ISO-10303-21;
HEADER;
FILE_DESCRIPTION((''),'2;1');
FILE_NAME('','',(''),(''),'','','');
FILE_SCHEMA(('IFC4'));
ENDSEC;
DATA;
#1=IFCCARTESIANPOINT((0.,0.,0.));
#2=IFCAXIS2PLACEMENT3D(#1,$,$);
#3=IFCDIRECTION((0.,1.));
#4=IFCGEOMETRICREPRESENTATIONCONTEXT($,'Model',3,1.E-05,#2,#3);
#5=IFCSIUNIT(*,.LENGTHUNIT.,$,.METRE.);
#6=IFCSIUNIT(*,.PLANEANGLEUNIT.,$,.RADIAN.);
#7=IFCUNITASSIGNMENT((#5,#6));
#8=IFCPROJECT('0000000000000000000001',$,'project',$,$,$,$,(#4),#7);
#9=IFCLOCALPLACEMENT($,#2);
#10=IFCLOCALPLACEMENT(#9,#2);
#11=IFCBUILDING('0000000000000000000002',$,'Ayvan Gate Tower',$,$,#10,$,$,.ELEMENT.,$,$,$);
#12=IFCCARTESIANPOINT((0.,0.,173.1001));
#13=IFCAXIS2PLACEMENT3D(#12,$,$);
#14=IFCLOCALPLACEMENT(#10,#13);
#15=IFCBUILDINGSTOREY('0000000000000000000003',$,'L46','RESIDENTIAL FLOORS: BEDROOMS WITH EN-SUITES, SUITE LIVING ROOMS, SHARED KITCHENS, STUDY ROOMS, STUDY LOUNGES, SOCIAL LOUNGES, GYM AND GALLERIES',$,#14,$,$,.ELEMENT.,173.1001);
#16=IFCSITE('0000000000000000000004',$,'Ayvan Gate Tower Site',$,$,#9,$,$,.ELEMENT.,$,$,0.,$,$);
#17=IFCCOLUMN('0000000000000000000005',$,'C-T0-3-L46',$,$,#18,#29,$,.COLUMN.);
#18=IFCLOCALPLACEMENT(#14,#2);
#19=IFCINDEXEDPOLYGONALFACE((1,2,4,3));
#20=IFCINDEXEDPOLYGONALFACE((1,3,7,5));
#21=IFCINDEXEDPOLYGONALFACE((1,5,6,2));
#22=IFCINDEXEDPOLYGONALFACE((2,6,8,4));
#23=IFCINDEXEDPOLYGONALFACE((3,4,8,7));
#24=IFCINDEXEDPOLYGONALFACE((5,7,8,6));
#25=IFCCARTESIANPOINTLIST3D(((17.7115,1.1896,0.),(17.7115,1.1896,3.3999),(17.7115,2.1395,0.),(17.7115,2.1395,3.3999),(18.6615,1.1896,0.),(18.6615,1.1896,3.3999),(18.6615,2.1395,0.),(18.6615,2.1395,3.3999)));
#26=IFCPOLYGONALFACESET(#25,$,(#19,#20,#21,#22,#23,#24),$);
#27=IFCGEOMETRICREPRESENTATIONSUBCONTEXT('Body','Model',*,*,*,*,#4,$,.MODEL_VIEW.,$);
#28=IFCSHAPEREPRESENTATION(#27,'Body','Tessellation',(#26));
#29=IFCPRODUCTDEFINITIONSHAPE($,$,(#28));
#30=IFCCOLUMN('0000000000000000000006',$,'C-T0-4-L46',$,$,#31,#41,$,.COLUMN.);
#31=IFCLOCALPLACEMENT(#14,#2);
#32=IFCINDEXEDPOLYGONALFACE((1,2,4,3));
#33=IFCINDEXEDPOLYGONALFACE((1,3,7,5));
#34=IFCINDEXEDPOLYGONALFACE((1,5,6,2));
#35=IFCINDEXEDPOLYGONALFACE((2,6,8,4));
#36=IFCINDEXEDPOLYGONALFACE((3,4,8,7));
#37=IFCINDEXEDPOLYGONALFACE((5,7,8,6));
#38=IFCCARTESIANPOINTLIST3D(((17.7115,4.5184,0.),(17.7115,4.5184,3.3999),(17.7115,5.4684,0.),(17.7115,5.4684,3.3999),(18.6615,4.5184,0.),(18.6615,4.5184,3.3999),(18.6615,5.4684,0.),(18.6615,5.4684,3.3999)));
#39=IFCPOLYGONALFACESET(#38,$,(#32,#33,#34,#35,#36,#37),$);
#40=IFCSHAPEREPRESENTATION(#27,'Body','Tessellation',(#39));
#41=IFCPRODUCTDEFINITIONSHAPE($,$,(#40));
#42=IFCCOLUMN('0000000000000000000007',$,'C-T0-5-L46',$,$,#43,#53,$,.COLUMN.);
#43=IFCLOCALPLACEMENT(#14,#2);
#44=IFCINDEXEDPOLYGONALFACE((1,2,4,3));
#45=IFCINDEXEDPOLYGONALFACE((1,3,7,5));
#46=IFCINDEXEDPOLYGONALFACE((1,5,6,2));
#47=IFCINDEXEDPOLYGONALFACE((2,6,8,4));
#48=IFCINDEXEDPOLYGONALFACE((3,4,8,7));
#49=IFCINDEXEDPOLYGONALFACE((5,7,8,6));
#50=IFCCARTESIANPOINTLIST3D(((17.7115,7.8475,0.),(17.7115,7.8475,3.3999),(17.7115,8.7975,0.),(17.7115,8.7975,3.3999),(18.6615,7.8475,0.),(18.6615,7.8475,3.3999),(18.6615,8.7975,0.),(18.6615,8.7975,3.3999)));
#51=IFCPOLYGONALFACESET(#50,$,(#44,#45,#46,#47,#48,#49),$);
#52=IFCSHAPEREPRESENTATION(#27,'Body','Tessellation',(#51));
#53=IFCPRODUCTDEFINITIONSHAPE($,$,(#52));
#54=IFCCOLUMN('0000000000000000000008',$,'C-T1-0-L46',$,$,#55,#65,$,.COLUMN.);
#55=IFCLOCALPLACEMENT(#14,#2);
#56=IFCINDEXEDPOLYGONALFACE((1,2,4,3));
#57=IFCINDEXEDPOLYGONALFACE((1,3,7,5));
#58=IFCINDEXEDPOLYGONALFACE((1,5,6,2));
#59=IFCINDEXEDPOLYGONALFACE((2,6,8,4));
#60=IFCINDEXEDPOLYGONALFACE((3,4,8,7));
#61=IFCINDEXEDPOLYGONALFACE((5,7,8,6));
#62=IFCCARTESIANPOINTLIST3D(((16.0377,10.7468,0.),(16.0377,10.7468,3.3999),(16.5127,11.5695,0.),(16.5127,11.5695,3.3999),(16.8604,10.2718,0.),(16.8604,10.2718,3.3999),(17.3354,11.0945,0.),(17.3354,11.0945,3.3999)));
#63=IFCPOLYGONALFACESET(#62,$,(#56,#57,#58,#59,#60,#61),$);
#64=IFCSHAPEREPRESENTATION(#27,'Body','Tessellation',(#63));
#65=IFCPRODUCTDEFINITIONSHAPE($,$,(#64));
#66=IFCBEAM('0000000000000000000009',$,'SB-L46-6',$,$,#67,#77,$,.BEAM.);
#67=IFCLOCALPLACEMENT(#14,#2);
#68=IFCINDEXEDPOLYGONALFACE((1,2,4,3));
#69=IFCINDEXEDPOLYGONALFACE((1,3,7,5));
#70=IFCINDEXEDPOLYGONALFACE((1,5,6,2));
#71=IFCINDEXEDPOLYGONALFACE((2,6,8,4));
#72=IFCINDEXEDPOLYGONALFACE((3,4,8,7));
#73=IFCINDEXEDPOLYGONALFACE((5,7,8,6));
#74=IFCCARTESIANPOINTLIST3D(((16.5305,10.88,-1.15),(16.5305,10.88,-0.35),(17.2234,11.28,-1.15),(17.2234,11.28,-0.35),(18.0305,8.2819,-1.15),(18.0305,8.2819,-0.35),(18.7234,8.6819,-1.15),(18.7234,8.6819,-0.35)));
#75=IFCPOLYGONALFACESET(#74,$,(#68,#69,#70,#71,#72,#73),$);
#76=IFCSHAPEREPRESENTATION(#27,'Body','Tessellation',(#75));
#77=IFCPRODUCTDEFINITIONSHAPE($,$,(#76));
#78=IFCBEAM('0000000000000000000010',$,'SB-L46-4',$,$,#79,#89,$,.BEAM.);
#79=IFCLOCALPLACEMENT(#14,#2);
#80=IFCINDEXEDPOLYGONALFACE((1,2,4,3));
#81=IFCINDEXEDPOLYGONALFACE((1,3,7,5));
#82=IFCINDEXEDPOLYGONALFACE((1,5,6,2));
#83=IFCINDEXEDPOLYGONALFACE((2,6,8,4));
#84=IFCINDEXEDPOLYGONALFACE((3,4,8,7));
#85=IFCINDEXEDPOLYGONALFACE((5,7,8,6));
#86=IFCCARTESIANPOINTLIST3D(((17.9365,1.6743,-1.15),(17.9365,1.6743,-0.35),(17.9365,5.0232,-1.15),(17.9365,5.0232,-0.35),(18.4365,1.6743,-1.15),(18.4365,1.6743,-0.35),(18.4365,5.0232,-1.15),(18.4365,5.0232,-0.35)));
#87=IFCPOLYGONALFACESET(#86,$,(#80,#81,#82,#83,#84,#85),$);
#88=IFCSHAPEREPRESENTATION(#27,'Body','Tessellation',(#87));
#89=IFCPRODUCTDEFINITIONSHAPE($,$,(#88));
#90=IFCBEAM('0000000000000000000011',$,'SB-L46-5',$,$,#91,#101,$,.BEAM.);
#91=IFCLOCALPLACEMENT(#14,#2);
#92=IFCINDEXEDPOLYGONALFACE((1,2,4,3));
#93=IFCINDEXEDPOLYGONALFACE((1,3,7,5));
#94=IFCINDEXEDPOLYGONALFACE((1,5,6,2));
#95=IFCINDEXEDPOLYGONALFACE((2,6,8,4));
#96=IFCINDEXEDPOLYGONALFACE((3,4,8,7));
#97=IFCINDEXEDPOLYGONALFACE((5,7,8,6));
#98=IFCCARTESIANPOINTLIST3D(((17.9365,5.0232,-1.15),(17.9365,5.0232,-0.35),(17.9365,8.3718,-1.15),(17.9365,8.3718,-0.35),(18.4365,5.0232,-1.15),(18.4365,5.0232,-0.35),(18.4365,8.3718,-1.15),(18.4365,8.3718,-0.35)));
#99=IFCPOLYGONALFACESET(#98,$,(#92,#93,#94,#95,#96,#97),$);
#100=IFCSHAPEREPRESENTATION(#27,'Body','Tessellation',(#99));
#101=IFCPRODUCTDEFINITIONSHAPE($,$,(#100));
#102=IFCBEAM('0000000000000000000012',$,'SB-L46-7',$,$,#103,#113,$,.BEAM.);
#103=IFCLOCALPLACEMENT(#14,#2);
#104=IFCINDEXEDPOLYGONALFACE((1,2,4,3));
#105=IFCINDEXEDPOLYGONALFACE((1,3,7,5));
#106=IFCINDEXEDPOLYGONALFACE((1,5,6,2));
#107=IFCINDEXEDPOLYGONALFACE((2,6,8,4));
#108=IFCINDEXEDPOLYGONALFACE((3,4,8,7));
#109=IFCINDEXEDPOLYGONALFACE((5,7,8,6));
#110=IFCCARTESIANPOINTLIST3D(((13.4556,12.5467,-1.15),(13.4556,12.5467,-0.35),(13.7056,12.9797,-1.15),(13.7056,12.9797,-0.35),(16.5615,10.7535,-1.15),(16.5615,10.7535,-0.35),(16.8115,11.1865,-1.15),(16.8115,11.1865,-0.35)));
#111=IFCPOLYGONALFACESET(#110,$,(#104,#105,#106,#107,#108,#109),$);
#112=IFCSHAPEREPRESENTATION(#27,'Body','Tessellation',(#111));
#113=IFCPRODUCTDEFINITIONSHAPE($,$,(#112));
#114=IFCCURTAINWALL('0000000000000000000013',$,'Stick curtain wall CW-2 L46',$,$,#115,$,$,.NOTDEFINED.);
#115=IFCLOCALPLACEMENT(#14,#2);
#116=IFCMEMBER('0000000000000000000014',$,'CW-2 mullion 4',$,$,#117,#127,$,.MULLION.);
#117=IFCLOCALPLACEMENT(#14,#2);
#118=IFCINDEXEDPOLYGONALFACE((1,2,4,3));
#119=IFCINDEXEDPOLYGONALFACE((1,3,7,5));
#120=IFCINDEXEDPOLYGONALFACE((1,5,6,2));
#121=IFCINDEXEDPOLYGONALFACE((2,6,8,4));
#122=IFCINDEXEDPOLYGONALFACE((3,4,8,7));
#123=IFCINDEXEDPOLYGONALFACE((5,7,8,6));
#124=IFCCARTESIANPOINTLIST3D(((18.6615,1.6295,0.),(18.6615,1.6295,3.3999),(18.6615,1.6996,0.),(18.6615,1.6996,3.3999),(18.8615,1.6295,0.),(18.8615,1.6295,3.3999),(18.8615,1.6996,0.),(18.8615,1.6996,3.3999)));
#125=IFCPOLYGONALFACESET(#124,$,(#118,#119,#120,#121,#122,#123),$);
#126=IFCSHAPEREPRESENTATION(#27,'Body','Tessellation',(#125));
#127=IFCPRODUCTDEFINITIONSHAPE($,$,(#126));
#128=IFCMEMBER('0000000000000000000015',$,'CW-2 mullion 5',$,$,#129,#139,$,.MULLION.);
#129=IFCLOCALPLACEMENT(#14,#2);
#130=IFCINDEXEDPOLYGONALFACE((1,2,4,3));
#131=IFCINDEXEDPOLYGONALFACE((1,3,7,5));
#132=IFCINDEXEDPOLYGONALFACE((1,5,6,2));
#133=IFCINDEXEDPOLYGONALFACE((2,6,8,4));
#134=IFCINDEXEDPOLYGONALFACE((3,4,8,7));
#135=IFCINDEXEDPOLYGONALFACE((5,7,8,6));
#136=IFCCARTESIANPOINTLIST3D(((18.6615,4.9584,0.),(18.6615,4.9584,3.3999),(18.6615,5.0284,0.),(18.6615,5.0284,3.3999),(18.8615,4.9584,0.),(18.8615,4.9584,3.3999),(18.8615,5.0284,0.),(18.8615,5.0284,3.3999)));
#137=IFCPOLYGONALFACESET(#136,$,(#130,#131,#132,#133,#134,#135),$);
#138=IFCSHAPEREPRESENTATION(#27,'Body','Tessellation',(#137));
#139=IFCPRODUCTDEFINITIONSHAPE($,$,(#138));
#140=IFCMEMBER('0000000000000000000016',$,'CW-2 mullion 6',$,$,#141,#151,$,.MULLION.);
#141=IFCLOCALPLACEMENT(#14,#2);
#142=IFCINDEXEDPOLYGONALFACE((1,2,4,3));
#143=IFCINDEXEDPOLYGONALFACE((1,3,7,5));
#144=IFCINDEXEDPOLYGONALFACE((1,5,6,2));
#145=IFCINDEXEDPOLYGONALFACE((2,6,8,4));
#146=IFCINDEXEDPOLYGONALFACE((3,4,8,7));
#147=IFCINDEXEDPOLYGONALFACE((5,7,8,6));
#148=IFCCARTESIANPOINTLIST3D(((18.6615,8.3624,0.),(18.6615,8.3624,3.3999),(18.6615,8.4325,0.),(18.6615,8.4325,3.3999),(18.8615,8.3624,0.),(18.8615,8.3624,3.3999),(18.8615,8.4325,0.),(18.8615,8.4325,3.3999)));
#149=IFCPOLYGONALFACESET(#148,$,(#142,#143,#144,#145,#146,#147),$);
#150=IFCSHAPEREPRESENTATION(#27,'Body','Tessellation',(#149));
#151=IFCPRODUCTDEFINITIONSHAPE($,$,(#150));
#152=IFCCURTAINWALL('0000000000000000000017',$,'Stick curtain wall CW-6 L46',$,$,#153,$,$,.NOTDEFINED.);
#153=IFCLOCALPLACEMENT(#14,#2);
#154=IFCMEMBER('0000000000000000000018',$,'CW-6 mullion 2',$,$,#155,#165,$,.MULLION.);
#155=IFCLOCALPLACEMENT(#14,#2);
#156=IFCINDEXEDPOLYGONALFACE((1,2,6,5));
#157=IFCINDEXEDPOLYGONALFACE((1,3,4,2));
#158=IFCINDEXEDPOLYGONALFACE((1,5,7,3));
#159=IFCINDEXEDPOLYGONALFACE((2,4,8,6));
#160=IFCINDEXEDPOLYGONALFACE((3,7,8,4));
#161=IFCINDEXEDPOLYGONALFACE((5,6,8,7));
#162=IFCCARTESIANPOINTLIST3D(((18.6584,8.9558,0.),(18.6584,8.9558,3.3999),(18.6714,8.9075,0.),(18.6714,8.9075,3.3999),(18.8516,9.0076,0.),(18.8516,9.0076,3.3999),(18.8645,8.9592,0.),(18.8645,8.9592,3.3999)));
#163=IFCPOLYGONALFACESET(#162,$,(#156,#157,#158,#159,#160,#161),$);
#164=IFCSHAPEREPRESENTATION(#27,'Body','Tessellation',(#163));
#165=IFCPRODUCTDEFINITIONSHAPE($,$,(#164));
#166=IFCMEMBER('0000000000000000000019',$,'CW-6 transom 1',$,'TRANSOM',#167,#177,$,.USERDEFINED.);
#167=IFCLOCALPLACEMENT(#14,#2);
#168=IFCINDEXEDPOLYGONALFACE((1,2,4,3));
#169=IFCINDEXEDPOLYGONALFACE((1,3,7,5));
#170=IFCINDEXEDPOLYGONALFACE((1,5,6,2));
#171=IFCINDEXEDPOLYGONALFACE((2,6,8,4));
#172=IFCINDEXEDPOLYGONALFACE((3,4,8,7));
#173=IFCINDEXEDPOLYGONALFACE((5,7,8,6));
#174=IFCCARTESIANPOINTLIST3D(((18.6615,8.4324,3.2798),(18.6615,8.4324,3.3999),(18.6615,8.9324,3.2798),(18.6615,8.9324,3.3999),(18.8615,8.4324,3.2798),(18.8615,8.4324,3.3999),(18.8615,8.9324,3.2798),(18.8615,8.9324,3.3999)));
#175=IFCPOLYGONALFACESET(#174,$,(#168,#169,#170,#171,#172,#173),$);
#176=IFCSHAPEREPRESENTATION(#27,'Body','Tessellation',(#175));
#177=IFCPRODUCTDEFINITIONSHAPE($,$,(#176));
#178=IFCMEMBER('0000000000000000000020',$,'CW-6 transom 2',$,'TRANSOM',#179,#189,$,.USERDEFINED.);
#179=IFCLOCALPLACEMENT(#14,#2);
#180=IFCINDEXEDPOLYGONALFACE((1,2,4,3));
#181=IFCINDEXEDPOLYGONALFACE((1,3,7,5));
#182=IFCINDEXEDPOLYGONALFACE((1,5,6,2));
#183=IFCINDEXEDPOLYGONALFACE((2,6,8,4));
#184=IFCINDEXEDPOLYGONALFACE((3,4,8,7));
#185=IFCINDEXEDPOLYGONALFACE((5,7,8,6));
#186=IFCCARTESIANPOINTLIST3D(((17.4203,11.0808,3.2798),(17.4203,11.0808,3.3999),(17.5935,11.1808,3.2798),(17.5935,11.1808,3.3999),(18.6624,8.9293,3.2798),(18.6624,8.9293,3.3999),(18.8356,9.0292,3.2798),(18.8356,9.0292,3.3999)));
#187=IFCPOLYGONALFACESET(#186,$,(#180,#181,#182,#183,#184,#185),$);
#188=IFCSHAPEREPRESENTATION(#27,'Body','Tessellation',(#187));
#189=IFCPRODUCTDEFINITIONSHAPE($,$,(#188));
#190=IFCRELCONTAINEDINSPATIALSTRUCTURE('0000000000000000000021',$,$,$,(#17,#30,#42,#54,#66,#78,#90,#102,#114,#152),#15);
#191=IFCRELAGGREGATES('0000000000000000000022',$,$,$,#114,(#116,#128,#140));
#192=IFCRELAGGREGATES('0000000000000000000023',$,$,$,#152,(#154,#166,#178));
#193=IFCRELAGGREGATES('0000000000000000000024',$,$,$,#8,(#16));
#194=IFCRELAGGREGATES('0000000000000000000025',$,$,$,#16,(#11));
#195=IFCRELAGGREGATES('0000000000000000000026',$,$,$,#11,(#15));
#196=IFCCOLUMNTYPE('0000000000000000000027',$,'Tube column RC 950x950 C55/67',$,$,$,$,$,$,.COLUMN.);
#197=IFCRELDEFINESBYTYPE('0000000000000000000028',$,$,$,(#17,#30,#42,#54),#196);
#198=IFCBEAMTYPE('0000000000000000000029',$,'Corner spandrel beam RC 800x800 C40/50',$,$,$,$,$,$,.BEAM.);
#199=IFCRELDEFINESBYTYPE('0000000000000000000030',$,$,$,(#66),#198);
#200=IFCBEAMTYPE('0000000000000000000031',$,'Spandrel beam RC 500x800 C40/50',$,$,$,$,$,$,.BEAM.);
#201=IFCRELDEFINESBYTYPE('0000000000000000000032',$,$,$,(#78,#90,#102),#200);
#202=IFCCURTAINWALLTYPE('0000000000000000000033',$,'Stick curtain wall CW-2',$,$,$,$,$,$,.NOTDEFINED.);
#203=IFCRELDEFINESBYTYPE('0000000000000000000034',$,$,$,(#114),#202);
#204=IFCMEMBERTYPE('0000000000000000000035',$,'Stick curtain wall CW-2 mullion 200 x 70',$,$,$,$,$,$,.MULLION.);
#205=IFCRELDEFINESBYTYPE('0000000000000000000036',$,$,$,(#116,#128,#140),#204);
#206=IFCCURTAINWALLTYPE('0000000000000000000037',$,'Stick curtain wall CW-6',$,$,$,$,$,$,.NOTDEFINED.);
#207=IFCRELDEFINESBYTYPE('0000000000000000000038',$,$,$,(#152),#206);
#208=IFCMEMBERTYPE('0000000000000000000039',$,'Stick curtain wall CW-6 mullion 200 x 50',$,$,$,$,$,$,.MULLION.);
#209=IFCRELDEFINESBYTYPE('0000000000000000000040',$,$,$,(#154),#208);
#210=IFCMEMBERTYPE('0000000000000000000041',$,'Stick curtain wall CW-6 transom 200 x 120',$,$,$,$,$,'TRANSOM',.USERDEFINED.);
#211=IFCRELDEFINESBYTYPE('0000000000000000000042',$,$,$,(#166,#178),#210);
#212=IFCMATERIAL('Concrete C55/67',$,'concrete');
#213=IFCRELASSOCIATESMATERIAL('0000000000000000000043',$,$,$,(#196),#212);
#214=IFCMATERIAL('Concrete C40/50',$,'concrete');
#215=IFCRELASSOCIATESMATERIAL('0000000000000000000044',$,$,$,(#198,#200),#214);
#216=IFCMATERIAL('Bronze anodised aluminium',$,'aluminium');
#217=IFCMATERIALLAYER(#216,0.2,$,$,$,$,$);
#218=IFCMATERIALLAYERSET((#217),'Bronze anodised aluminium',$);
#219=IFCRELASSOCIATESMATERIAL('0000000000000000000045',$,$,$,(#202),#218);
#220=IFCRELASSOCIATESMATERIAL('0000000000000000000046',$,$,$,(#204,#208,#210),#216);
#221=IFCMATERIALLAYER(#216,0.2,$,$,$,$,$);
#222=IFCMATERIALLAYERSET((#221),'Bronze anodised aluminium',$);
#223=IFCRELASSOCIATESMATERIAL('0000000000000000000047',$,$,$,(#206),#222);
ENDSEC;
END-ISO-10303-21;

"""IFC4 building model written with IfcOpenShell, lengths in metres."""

from ifc_helpers import new_model, si_unit, direction, frame, origin, origin_2d, place, context, subcontext, project, spatial, rectangle, extrude, material, layer, layer_set, material_profile, profile_set, type_object, element, aggregate, save


model = new_model("IFC4")

# Units and contexts
model_context = context("Model", 3, precision=1e-05, world=origin(), true_north=direction((0.0, 1.0)))
body_context = subcontext(model_context, "Body", "Model", "MODEL_VIEW")
ifc_project = project(units=[si_unit("LENGTHUNIT", "METRE"), si_unit("PLANEANGLEUNIT", "RADIAN")], contexts=[model_context])

# Site, building, storey
site_placement = place(None, origin())
site = spatial("IfcSite", under=ifc_project, at=site_placement, Name="Ayvan Gate Tower Site", CompositionType="ELEMENT", RefElevation=0.0)
building_placement = place(site_placement, origin())
building = spatial("IfcBuilding", under=site, at=building_placement, Name="Ayvan Gate Tower", CompositionType="ELEMENT")
storey_placement = place(building_placement, frame((0.0, 0.0, 173.1001)))
storey = spatial("IfcBuildingStorey", under=building, at=storey_placement, Name="L46", Description="RESIDENTIAL FLOORS: BEDROOMS WITH EN-SUITES, SUITE LIVING ROOMS, SHARED KITCHENS, STUDY ROOMS, STUDY LOUNGES, SOCIAL LOUNGES, GYM AND GALLERIES", CompositionType="ELEMENT", Elevation=173.1001)

# Columns
ifc_material_1 = material(Name="Concrete C55/67", Category="concrete")
ifc_material_profile_1 = material_profile(ifc_material_1, rectangle(XDim=0.95, YDim=0.95, at=origin_2d()), Name="RC 950x950")
ifc_profile_set_1 = profile_set([ifc_material_profile_1], Name="Concrete C55/67")
column_type = type_object("IfcColumnType", Name="Tube column RC 950x950 C55/67", PredefinedType="COLUMN", material=ifc_profile_set_1)
for number, where, z_axis, x_axis, name in (
    (1, (18.1865, 1.6646, 0.0), (0.0, 0.0, 1.0), (1.0, 0.0, 0.0), "C-T0-3-L46"),
    (2, (18.1865, 4.9934, 0.0), (0.0, 0.0, 1.0), (1.0, 0.0, 0.0), "C-T0-4-L46"),
    (3, (18.1865, 8.3225, 0.0), (0.0, 0.0, 1.0), (1.0, 0.0, 0.0), "C-T0-5-L46"),
    (4, (16.6865, 10.9207, 0.0), (0.0, 0.0, 1.0), (0.5, 0.866025, 0.0), "C-T1-0-L46"),
):
    element("IfcColumn", number, at=place(storey_placement, frame(where, z_axis=z_axis, x_axis=x_axis)), inside=storey, type_object=column_type, Name=name, PredefinedType="COLUMN", context=body_context, shape_type="SweptSolid", body=[
        extrude(rectangle(XDim=0.95, YDim=0.95, at=origin_2d()), origin(), (0.0, 0.0, 1.0), 3.3999),
    ])

# Beams
ifc_material_2 = material(Name="Concrete C40/50", Category="concrete")
ifc_material_profile_2 = material_profile(ifc_material_2, rectangle(XDim=0.8, YDim=0.8, at=origin_2d()), Name="RC 800x800")
ifc_profile_set_2 = profile_set([ifc_material_profile_2], Name="Concrete C40/50")
beam_type_1 = type_object("IfcBeamType", Name="Corner spandrel beam RC 800x800 C40/50", PredefinedType="BEAM", material=ifc_profile_set_2)
beam_1_placement = place(storey_placement, frame((18.377, 8.4819, -0.75), z_axis=(-0.49999, 0.866031, 0.0), x_axis=(-0.866031, -0.49999, 0.0)))
element("IfcBeam", 5, at=beam_1_placement, inside=storey, type_object=beam_type_1, Name="SB-L46-6", PredefinedType="BEAM", context=body_context, shape_type="SweptSolid", body=[
    extrude(rectangle(XDim=0.8, YDim=0.8, at=origin_2d()), origin(), (0.0, 0.0, 1.0), 3.0),
])
ifc_material_profile_3 = material_profile(ifc_material_2, rectangle(XDim=0.5, YDim=0.8, at=origin_2d()), Name="RC 500x800")
ifc_profile_set_3 = profile_set([ifc_material_profile_3], Name="Concrete C40/50")
beam_type_2 = type_object("IfcBeamType", Name="Spandrel beam RC 500x800 C40/50", PredefinedType="BEAM", material=ifc_profile_set_3)
beam_2_placement = place(storey_placement, frame((18.1865, 1.6743, -0.75), z_axis=(0.0, 1.0, 0.0), x_axis=(-1.0, 0.0, 0.0)))
element("IfcBeam", 6, at=beam_2_placement, inside=storey, type_object=beam_type_2, Name="SB-L46-4", PredefinedType="BEAM", context=body_context, shape_type="SweptSolid", body=[
    extrude(rectangle(XDim=0.5, YDim=0.8, at=origin_2d()), origin(), (0.0, 0.0, 1.0), 3.3489),
])
beam_3_placement = place(storey_placement, frame((18.1865, 5.0232, -0.75), z_axis=(0.0, 1.0, 0.0), x_axis=(-1.0, 0.0, 0.0)))
element("IfcBeam", 7, at=beam_3_placement, inside=storey, type_object=beam_type_2, Name="SB-L46-5", PredefinedType="BEAM", context=body_context, shape_type="SweptSolid", body=[
    extrude(rectangle(XDim=0.5, YDim=0.8, at=origin_2d()), origin(), (0.0, 0.0, 1.0), 3.3486),
])
beam_4_placement = place(storey_placement, frame((16.6865, 10.97, -0.75), z_axis=(-0.866027, 0.499997, 0.0), x_axis=(-0.499997, -0.866027, 0.0)))
element("IfcBeam", 8, at=beam_4_placement, inside=storey, type_object=beam_type_2, Name="SB-L46-7", PredefinedType="BEAM", context=body_context, shape_type="SweptSolid", body=[
    extrude(rectangle(XDim=0.5, YDim=0.8, at=origin_2d()), origin(), (0.0, 0.0, 1.0), 3.5864),
])

# Curtain walls, members
ifc_material_3 = material(Name="Bronze anodised aluminium", Category="aluminium")
ifc_layer_1 = layer(ifc_material_3, 0.2)
ifc_layer_set_1 = layer_set([ifc_layer_1], Name="Bronze anodised aluminium")
curtain_wall_type_1 = type_object("IfcCurtainWallType", Name="Stick curtain wall CW-2", PredefinedType="NOTDEFINED", material=ifc_layer_set_1)
curtain_wall_1_placement = place(storey_placement, origin())
curtain_wall_1 = element("IfcCurtainWall", 9, at=curtain_wall_1_placement, inside=storey, type_object=curtain_wall_type_1, Name="Stick curtain wall CW-2 L46", PredefinedType="NOTDEFINED")
ifc_material_profile_4 = material_profile(ifc_material_3, rectangle(XDim=0.2, YDim=0.0701, at=origin_2d()), Name="Stick curtain wall CW-2 mullion 200 x 70")
ifc_profile_set_4 = profile_set([ifc_material_profile_4], Name="Bronze anodised aluminium")
member_type_1 = type_object("IfcMemberType", Name="Stick curtain wall CW-2 mullion 200 x 70", PredefinedType="MULLION", material=ifc_profile_set_4)
member_1_placement = place(storey_placement, frame((18.7615, 1.6646, 0.0), z_axis=(0.0, 0.0, 1.0), x_axis=(1.0, 0.0, 0.0)))
member_1 = element("IfcMember", 10, at=member_1_placement, type_object=member_type_1, Name="CW-2 mullion 4", PredefinedType="MULLION", context=body_context, shape_type="SweptSolid", body=[
    extrude(rectangle(XDim=0.2, YDim=0.0701, at=origin_2d()), origin(), (0.0, 0.0, 1.0), 3.3999),
])
member_2_placement = place(storey_placement, frame((18.7615, 4.9934, 0.0), z_axis=(0.0, 0.0, 1.0), x_axis=(1.0, 0.0, 0.0)))
member_2 = element("IfcMember", 11, at=member_2_placement, type_object=member_type_1, Name="CW-2 mullion 5", PredefinedType="MULLION", context=body_context, shape_type="SweptSolid", body=[
    extrude(rectangle(XDim=0.2, YDim=0.0701, at=origin_2d()), origin(), (0.0, 0.0, 1.0), 3.3999),
])
member_3_placement = place(storey_placement, frame((18.7615, 8.3975, 0.0), z_axis=(0.0, 0.0, 1.0), x_axis=(1.0, 0.0, 0.0)))
member_3 = element("IfcMember", 12, at=member_3_placement, type_object=member_type_1, Name="CW-2 mullion 6", PredefinedType="MULLION", context=body_context, shape_type="SweptSolid", body=[
    extrude(rectangle(XDim=0.2, YDim=0.0701, at=origin_2d()), origin(), (0.0, 0.0, 1.0), 3.3999),
])
ifc_layer_2 = layer(ifc_material_3, 0.2)
ifc_layer_set_2 = layer_set([ifc_layer_2], Name="Bronze anodised aluminium")
curtain_wall_type_2 = type_object("IfcCurtainWallType", Name="Stick curtain wall CW-6", PredefinedType="NOTDEFINED", material=ifc_layer_set_2)
curtain_wall_2_placement = place(storey_placement, origin())
curtain_wall_2 = element("IfcCurtainWall", 13, at=curtain_wall_2_placement, inside=storey, type_object=curtain_wall_type_2, Name="Stick curtain wall CW-6 L46", PredefinedType="NOTDEFINED")
ifc_material_profile_5 = material_profile(ifc_material_3, rectangle(XDim=0.2, YDim=0.05, at=origin_2d()), Name="Stick curtain wall CW-6 mullion 200 x 50")
ifc_profile_set_5 = profile_set([ifc_material_profile_5], Name="Bronze anodised aluminium")
member_type_2 = type_object("IfcMemberType", Name="Stick curtain wall CW-6 mullion 200 x 50", PredefinedType="MULLION", material=ifc_profile_set_5)
member_4_placement = place(storey_placement, frame((18.7615, 8.9575, 0.0), z_axis=(0.0, 0.0, 1.0), x_axis=(0.965926, 0.258819, 0.0)))
member_4 = element("IfcMember", 14, at=member_4_placement, type_object=member_type_2, Name="CW-6 mullion 2", PredefinedType="MULLION", context=body_context, shape_type="SweptSolid", body=[
    extrude(rectangle(XDim=0.2, YDim=0.05, at=origin_2d()), origin(), (0.0, 0.0, 1.0), 3.3999),
])
ifc_material_profile_6 = material_profile(ifc_material_3, rectangle(XDim=0.2, YDim=0.1201, at=origin_2d()), Name="Stick curtain wall CW-6 transom 200 x 120")
ifc_profile_set_6 = profile_set([ifc_material_profile_6], Name="Bronze anodised aluminium")
member_type_3 = type_object("IfcMemberType", Name="Stick curtain wall CW-6 transom 200 x 120", ElementType="TRANSOM", PredefinedType="USERDEFINED", material=ifc_profile_set_6)
member_5_placement = place(storey_placement, frame((18.7615, 8.4324, 3.3398), z_axis=(0.0, 1.0, 0.0), x_axis=(-1.0, 0.0, 0.0)))
member_5 = element("IfcMember", 15, at=member_5_placement, type_object=member_type_3, Name="CW-6 transom 1", ObjectType="TRANSOM", PredefinedType="USERDEFINED", context=body_context, shape_type="SweptSolid", body=[
    extrude(rectangle(XDim=0.2, YDim=0.1201, at=origin_2d()), origin(), (0.0, 0.0, 1.0), 0.5),
])
member_6_placement = place(storey_placement, frame((18.749, 8.9792, 3.3398), z_axis=(-0.499986, 0.866033, 0.0), x_axis=(-0.866033, -0.499986, 0.0)))
member_6 = element("IfcMember", 16, at=member_6_placement, type_object=member_type_3, Name="CW-6 transom 2", ObjectType="TRANSOM", PredefinedType="USERDEFINED", context=body_context, shape_type="SweptSolid", body=[
    extrude(rectangle(XDim=0.2, YDim=0.1201, at=origin_2d()), origin(), (0.0, 0.0, 1.0), 2.4844),
])

aggregate(curtain_wall_1, [member_1, member_2, member_3])
aggregate(curtain_wall_2, [member_4, member_5, member_6])

save(model, "model.ifc")
